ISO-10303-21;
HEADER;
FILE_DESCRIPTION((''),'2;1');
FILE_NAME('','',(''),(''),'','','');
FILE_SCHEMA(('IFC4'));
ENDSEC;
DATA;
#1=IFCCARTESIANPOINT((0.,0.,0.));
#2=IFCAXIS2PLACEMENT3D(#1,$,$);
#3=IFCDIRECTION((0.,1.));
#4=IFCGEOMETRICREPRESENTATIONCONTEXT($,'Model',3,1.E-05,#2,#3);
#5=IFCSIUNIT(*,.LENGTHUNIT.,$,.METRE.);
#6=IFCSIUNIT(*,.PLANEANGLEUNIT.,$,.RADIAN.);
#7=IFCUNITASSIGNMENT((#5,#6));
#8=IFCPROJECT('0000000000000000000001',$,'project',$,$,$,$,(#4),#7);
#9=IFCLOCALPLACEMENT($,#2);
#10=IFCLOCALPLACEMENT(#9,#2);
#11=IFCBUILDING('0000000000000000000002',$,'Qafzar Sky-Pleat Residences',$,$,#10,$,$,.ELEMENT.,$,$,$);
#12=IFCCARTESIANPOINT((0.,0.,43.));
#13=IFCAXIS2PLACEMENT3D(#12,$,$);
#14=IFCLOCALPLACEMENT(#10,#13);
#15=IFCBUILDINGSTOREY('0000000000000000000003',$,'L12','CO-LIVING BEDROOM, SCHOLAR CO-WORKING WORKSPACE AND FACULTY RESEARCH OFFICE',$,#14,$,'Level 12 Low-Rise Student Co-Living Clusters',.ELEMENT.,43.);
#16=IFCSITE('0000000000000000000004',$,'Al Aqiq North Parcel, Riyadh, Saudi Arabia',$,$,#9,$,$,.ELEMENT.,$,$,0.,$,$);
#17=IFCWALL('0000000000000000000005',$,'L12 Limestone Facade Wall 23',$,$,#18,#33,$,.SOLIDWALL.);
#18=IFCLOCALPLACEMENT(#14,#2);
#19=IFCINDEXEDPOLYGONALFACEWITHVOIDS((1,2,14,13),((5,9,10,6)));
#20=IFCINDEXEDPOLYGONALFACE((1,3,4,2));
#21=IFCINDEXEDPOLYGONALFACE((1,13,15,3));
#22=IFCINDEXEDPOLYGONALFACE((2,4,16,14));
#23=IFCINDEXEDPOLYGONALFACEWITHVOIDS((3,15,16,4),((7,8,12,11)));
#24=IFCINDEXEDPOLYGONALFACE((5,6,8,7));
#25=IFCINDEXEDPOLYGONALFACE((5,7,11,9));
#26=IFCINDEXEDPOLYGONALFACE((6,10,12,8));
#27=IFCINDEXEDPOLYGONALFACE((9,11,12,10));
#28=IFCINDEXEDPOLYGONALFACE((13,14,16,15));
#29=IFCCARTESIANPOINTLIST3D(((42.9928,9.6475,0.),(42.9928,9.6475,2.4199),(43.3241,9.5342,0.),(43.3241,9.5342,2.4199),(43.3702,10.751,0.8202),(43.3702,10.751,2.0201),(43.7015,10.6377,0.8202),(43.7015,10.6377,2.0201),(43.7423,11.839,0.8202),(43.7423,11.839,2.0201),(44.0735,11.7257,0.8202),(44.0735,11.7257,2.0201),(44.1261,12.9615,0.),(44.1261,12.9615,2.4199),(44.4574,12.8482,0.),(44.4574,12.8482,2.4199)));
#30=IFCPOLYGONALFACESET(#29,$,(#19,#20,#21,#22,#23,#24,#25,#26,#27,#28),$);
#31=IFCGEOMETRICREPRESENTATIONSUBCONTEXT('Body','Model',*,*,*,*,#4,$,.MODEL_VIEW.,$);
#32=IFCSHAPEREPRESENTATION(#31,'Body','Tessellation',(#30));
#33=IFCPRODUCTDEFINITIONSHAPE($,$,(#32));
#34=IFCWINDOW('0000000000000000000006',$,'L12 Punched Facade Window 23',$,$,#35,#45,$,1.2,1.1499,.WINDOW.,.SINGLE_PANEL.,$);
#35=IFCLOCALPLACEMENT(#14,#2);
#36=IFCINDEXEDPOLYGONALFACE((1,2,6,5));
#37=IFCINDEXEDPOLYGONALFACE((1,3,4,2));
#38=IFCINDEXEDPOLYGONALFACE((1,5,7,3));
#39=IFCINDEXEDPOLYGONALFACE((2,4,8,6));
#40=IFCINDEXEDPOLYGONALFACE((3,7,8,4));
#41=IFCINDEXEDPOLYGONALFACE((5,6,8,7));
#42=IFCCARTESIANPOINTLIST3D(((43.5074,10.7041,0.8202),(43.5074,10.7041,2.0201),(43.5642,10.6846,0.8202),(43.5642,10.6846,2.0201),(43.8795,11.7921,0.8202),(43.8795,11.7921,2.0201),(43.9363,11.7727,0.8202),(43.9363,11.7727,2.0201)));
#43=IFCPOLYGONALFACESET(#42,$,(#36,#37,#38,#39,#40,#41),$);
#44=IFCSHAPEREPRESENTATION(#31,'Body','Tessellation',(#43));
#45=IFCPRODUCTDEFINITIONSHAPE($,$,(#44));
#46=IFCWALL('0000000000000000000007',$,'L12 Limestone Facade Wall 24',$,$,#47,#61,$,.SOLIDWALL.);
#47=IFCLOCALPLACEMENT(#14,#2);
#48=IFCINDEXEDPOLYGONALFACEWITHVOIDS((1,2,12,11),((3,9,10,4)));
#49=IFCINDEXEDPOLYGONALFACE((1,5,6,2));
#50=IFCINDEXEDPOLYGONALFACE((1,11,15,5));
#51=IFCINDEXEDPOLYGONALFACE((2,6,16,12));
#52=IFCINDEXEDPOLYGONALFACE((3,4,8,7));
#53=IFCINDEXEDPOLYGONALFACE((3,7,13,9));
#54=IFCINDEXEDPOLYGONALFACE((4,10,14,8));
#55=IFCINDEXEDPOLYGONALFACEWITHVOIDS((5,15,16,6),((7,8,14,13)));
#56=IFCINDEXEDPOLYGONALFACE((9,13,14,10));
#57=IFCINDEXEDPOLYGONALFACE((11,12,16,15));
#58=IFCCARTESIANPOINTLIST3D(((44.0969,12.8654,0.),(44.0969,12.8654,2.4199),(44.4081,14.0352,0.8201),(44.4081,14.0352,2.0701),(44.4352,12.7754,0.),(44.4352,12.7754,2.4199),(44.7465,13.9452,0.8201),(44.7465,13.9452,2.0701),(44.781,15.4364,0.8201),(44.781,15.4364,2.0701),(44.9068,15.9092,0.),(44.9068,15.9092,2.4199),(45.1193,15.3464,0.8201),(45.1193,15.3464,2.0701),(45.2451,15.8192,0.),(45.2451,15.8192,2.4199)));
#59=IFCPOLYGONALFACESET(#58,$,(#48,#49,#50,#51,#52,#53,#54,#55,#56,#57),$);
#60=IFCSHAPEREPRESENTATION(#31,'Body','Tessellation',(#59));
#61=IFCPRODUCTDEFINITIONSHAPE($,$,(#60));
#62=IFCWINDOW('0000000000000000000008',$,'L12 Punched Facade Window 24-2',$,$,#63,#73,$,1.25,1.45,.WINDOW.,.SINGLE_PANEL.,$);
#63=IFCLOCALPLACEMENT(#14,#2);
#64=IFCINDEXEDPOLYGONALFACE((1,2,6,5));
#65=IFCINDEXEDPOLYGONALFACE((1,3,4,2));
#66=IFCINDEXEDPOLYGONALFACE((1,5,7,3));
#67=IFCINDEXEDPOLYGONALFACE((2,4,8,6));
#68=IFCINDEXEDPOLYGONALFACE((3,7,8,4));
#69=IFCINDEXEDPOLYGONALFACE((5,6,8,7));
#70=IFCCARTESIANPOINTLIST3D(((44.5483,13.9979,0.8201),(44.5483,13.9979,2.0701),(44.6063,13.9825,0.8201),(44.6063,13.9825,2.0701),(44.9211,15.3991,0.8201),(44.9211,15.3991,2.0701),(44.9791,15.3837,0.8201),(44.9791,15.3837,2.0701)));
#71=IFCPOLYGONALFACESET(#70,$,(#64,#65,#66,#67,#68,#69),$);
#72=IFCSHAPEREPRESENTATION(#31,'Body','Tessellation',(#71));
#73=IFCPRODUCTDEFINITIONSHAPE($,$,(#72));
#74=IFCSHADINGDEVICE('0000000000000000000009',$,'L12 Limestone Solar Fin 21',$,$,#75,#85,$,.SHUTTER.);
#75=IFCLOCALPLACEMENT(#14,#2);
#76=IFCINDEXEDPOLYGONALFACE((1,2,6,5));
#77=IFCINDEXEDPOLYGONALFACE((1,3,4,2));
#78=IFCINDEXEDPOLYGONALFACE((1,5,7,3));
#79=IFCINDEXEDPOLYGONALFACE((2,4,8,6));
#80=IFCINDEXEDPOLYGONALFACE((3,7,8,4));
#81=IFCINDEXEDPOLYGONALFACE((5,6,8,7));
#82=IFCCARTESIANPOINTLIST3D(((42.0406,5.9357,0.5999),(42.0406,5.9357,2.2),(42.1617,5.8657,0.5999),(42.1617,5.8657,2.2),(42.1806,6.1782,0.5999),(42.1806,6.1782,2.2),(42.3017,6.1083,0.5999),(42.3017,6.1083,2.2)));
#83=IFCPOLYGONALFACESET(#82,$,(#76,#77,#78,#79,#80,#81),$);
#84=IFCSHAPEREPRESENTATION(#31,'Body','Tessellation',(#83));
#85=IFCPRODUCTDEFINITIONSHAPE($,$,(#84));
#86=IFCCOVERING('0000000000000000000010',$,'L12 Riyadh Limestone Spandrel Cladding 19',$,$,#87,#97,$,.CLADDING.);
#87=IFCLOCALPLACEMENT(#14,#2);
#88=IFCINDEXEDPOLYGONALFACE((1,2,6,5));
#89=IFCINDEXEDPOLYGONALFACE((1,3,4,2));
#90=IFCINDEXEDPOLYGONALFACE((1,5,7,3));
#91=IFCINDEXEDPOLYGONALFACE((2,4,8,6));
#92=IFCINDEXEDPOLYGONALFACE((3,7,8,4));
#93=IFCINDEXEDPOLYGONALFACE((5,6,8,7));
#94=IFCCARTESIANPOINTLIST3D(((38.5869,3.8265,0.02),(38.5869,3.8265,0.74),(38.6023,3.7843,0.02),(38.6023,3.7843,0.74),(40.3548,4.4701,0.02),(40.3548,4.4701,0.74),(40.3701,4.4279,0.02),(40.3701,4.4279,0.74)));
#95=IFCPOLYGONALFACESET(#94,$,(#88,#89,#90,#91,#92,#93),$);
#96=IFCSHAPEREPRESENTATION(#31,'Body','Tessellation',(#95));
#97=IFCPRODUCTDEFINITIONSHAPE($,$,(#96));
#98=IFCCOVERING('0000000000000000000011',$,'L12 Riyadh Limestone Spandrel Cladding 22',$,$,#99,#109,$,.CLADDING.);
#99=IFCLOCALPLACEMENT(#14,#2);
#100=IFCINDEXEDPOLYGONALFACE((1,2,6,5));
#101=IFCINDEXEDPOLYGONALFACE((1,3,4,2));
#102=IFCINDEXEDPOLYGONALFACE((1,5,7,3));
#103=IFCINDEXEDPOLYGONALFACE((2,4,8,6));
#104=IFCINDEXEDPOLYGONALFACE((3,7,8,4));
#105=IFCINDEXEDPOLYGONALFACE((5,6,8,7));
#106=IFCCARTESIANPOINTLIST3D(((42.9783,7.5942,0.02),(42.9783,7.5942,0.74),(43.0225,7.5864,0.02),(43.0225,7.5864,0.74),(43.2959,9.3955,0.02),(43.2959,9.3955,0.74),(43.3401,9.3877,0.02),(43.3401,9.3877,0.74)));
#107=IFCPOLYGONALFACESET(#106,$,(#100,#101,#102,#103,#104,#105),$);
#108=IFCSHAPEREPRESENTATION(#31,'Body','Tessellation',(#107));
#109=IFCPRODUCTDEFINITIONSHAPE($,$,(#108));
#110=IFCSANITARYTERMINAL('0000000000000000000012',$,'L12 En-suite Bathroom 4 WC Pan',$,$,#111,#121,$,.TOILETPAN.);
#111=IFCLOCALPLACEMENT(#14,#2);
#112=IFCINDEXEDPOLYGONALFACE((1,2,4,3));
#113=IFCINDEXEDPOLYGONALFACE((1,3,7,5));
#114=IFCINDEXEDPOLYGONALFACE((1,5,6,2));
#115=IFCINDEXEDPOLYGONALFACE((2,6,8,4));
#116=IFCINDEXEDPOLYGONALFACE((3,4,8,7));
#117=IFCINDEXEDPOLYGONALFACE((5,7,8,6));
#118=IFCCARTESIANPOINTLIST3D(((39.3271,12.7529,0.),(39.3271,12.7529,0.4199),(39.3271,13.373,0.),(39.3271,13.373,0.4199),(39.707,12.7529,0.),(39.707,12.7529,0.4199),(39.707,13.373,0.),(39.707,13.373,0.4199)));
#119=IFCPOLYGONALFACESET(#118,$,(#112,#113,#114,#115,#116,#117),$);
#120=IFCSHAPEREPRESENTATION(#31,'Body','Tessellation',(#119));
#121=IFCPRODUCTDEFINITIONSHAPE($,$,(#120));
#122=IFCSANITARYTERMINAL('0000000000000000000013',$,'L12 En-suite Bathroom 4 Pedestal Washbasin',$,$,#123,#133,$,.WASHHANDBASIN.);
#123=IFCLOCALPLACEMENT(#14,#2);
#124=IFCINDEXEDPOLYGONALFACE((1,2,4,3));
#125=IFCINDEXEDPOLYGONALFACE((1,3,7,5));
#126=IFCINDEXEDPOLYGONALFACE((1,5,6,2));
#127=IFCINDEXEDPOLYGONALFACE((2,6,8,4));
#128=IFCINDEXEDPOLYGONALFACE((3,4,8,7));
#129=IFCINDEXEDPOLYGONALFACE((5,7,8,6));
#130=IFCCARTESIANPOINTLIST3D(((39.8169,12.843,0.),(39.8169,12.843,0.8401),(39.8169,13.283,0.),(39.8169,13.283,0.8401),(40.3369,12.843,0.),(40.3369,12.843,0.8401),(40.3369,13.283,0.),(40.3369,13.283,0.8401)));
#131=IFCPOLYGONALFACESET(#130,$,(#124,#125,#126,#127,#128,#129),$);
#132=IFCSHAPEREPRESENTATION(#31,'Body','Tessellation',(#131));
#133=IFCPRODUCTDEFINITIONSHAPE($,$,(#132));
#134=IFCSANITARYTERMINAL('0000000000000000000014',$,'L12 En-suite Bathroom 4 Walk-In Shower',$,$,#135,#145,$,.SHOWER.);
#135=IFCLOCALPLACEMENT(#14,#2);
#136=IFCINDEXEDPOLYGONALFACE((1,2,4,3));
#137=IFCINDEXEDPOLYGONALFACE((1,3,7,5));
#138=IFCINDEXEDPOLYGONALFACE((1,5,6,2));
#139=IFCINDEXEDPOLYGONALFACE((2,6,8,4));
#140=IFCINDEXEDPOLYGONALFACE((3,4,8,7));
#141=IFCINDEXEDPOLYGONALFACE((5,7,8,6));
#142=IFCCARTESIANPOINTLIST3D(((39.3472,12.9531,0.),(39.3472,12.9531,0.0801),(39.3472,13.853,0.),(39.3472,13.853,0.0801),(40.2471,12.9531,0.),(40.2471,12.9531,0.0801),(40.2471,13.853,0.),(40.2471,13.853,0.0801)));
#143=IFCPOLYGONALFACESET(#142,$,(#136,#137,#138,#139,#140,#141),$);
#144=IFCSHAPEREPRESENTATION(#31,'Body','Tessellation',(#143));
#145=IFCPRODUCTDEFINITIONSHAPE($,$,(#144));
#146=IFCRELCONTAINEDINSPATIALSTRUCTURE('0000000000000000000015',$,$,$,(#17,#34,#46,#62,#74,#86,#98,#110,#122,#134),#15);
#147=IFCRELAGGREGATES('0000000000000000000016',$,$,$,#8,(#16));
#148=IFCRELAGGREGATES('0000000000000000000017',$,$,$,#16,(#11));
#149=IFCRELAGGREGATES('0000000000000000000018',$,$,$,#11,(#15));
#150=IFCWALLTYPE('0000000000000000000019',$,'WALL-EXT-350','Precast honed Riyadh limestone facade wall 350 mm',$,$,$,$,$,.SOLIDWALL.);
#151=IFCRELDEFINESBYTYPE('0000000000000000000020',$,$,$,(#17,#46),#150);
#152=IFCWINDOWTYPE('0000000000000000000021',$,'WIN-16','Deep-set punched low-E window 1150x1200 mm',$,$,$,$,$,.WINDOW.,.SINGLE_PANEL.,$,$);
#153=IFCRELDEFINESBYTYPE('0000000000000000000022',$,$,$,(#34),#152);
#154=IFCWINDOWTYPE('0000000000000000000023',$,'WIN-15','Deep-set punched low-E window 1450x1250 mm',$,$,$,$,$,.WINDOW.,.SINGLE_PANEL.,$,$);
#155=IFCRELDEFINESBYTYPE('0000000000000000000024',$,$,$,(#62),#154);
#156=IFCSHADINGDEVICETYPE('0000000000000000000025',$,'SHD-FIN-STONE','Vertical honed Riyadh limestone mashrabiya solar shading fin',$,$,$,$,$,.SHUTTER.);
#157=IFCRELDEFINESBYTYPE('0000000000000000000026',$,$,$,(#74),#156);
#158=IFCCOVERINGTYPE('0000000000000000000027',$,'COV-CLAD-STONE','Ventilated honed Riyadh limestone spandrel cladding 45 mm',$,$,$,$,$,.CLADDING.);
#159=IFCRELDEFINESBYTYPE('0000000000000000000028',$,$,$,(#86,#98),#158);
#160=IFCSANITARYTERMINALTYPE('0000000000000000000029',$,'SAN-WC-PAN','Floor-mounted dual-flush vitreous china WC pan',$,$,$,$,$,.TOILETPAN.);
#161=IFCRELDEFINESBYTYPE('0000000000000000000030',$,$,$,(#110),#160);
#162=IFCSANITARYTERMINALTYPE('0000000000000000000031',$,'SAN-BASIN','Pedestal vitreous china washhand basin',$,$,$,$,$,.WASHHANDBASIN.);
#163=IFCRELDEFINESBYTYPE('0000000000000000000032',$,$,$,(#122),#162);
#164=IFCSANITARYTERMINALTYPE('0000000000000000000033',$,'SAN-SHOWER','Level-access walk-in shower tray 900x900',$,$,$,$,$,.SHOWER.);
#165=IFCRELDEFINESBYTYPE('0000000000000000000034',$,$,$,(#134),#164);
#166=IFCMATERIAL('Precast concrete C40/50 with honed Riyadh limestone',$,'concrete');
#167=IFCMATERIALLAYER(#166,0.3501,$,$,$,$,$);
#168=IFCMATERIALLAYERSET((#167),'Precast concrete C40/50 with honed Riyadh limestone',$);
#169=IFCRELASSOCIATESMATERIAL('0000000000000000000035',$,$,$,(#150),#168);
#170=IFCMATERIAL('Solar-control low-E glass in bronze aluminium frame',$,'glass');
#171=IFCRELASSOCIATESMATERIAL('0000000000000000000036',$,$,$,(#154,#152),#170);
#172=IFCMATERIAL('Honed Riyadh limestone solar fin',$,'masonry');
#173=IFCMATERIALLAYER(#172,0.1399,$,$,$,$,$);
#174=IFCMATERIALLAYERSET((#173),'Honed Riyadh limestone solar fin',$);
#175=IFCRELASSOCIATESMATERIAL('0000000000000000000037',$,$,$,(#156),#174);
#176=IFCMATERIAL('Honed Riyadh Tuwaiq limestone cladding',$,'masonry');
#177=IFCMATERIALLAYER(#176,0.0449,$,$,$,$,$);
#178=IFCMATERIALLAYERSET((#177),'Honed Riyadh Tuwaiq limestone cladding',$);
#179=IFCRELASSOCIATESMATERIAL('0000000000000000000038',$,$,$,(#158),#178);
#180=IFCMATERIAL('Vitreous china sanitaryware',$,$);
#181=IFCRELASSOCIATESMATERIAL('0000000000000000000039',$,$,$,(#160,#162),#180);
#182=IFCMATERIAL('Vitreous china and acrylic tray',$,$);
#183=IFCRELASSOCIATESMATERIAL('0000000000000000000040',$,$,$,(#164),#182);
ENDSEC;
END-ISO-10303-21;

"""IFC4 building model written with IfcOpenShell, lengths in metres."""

from ifc_helpers import new_model, si_unit, direction, frame, frame_2d, origin, origin_2d, place, context, subcontext, project, spatial, rectangle, extrude, source, transform, mapped, material, layer, layer_set, type_object, element, fill, save


model = new_model("IFC4")

# Units and contexts
model_context = context("Model", 3, precision=1e-05, world=origin(), true_north=direction((0.0, 1.0)))
body_context = subcontext(model_context, "Body", "Model", "MODEL_VIEW")
ifc_project = project(units=[si_unit("LENGTHUNIT", "METRE"), si_unit("PLANEANGLEUNIT", "RADIAN")], contexts=[model_context])

# Site, building, storey
site_placement = place(None, origin())
site = spatial("IfcSite", under=ifc_project, at=site_placement, Name="Al Aqiq North Parcel, Riyadh, Saudi Arabia", CompositionType="ELEMENT", RefElevation=0.0)
building_placement = place(site_placement, origin())
building = spatial("IfcBuilding", under=site, at=building_placement, Name="Qafzar Sky-Pleat Residences", CompositionType="ELEMENT")
storey_placement = place(building_placement, frame((0.0, 0.0, 43.0)))
storey = spatial("IfcBuildingStorey", under=building, at=storey_placement, Name="L12", Description="CO-LIVING BEDROOM, SCHOLAR CO-WORKING WORKSPACE AND FACULTY RESEARCH OFFICE", LongName="Level 12 Low-Rise Student Co-Living Clusters", CompositionType="ELEMENT", Elevation=43.0)

# Walls, openings, windows
ifc_material_1 = material(Name="Precast concrete C40/50 with honed Riyadh limestone", Category="concrete")
ifc_layer_1 = layer(ifc_material_1, 0.3501)
ifc_layer_set_1 = layer_set([ifc_layer_1], Name="Precast concrete C40/50 with honed Riyadh limestone")
wall_type_1 = type_object("IfcWallType", Name="WALL-EXT-350", Description="Precast honed Riyadh limestone facade wall 350 mm", PredefinedType="SOLIDWALL", material=ifc_layer_set_1)
ifc_material_2 = material(Name="Solar-control low-E glass in bronze aluminium frame", Category="glass")
window_type_1 = type_object("IfcWindowType", Name="WIN-15", Description="Deep-set punched low-E window 1450x1250 mm", PartitioningType="SINGLE_PANEL", PredefinedType="WINDOW", material=ifc_material_2)
shared_shape_1 = source(origin(), body_context, "Body", "SweptSolid", [
    extrude(rectangle(XDim=1.45, YDim=1.25, at=frame_2d((0.7251, 0.625))), frame((0.0, 0.03, 0.0), z_axis=(0.0, -1.0, 0.0), x_axis=(1.0, 0.0, 0.0)), (0.0, 0.0, 1.0), 0.0601),
])
wall_1_placement = place(storey_placement, frame((43.1584, 9.5908, 0.0), z_axis=(0.0, 0.0, 1.0), x_axis=(0.323579, 0.946201, 0.0)))
wall_1 = element("IfcWall", 1, at=wall_1_placement, inside=storey, type_object=wall_type_1, Name="L12 Limestone Facade Wall 23", PredefinedType="SOLIDWALL", context=body_context, shape_type="SweptSolid", body=[
    extrude(rectangle(XDim=3.5024, YDim=0.3501, at=frame_2d((1.7512, 0.0))), origin(), (0.0, 0.0, 1.0), 2.4199),
])
opening_1_placement = place(wall_1_placement, frame((1.1663, 0.0, 0.8201)))
opening_1 = element("IfcOpeningElement", 2, at=opening_1_placement, cuts=wall_1, PredefinedType="OPENING", context=body_context, shape_type="SweptSolid", body=[
    extrude(rectangle(XDim=1.1499, YDim=1.2, at=frame_2d((0.575, 0.6001))), frame((0.0, 0.1851, 0.0), z_axis=(0.0, -1.0, 0.0), x_axis=(1.0, 0.0, 0.0)), (0.0, 0.0, 1.0), 0.3701),
])
window_type_2 = type_object("IfcWindowType", Name="WIN-16", Description="Deep-set punched low-E window 1150x1200 mm", PartitioningType="SINGLE_PANEL", PredefinedType="WINDOW", material=ifc_material_2)
shared_shape_2 = source(origin(), body_context, "Body", "SweptSolid", [
    extrude(rectangle(XDim=1.1499, YDim=1.2, at=frame_2d((0.575, 0.6001))), frame((0.0, 0.03, 0.0), z_axis=(0.0, -1.0, 0.0), x_axis=(1.0, 0.0, 0.0)), (0.0, 0.0, 1.0), 0.0601),
])
window_1_placement = place(opening_1_placement, origin())
window_1 = element("IfcWindow", 3, at=window_1_placement, inside=storey, type_object=window_type_2, Name="L12 Punched Facade Window 23", OverallHeight=1.2, OverallWidth=1.1499, PartitioningType="SINGLE_PANEL", PredefinedType="WINDOW", context=body_context, shape_type="MappedRepresentation", body=[
    mapped(shared_shape_2, transform((0.0, 0.0, 0.0), x_axis=(1.0, 0.0, 0.0), y_axis=(0.0, 1.0, 0.0), z_axis=(0.0, 0.0, 1.0), scale=1.0)),
])
fill(opening_1, window_1)
wall_2_placement = place(storey_placement, frame((44.2661, 12.8206, 0.0), z_axis=(0.0, 0.0, 1.0), x_axis=(0.257117, 0.96638, 0.0)))
wall_2 = element("IfcWall", 4, at=wall_2_placement, inside=storey, type_object=wall_type_1, Name="L12 Limestone Facade Wall 24", PredefinedType="SOLIDWALL", context=body_context, shape_type="SweptSolid", body=[
    extrude(rectangle(XDim=3.1497, YDim=0.3501, at=frame_2d((1.5747, 0.0))), origin(), (0.0, 0.0, 1.0), 2.4199),
])
opening_2_placement = place(wall_2_placement, frame((1.2102, 0.0, 0.8201)))
opening_2 = element("IfcOpeningElement", 5, at=opening_2_placement, cuts=wall_2, PredefinedType="OPENING", context=body_context, shape_type="SweptSolid", body=[
    extrude(rectangle(XDim=1.45, YDim=1.25, at=frame_2d((0.7251, 0.625))), frame((0.0, 0.1851, 0.0), z_axis=(0.0, -1.0, 0.0), x_axis=(1.0, 0.0, 0.0)), (0.0, 0.0, 1.0), 0.3701),
])
window_2_placement = place(opening_2_placement, origin())
window_2 = element("IfcWindow", 6, at=window_2_placement, inside=storey, type_object=window_type_1, Name="L12 Punched Facade Window 24-2", OverallHeight=1.25, OverallWidth=1.45, PartitioningType="SINGLE_PANEL", PredefinedType="WINDOW", context=body_context, shape_type="MappedRepresentation", body=[
    mapped(shared_shape_1, transform((0.0, 0.0, 0.0), x_axis=(1.0, 0.0, 0.0), y_axis=(0.0, 1.0, 0.0), z_axis=(0.0, 0.0, 1.0), scale=1.0)),
])
fill(opening_2, window_2)

# Shading device
ifc_material_3 = material(Name="Honed Riyadh limestone solar fin", Category="masonry")
ifc_layer_2 = layer(ifc_material_3, 0.1399)
ifc_layer_set_2 = layer_set([ifc_layer_2], Name="Honed Riyadh limestone solar fin")
shading_device_type = type_object("IfcShadingDeviceType", Name="SHD-FIN-STONE", Description="Vertical honed Riyadh limestone mashrabiya solar shading fin", PredefinedType="SHUTTER", material=ifc_layer_set_2)
shared_shape_3 = source(origin(), body_context, "Body", "SweptSolid", [
    extrude(rectangle(XDim=0.1399, YDim=0.28, at=origin_2d()), origin(), (0.0, 0.0, 1.0), 1.6001),
])
shading_device_placement = place(storey_placement, frame((42.1711, 6.022, 0.5999), z_axis=(0.0, 0.0, 1.0), x_axis=(0.866044, -0.499967, 0.0)))
element("IfcShadingDevice", 7, at=shading_device_placement, inside=storey, type_object=shading_device_type, Name="L12 Limestone Solar Fin 21", PredefinedType="SHUTTER", context=body_context, shape_type="MappedRepresentation", body=[
    mapped(shared_shape_3, transform((0.0, 0.0, 0.0), x_axis=(1.0, 0.0, 0.0), y_axis=(0.0, 1.0, 0.0), z_axis=(0.0, 0.0, 1.0), scale=1.0)),
])

# Coverings
ifc_material_4 = material(Name="Honed Riyadh Tuwaiq limestone cladding", Category="masonry")
ifc_layer_3 = layer(ifc_material_4, 0.0449)
ifc_layer_set_3 = layer_set([ifc_layer_3], Name="Honed Riyadh Tuwaiq limestone cladding")
covering_type = type_object("IfcCoveringType", Name="COV-CLAD-STONE", Description="Ventilated honed Riyadh limestone spandrel cladding 45 mm", PredefinedType="CLADDING", material=ifc_layer_set_3)
shared_shape_4 = source(origin(), body_context, "Body", "SweptSolid", [
    extrude(rectangle(XDim=1.8813, YDim=0.0449, at=origin_2d()), origin(), (0.0, 0.0, 1.0), 0.72),
])
covering_1_placement = place(storey_placement, frame((39.4785, 4.1272, 0.02), z_axis=(0.0, 0.0, 1.0), x_axis=(0.939679, 0.342058, 0.0)))
element("IfcCovering", 8, at=covering_1_placement, inside=storey, type_object=covering_type, Name="L12 Riyadh Limestone Spandrel Cladding 19", PredefinedType="CLADDING", context=body_context, shape_type="MappedRepresentation", body=[
    mapped(shared_shape_4, transform((0.0, 0.0, 0.0), x_axis=(1.0, 0.0, 0.0), y_axis=(0.0, 1.0, 0.0), z_axis=(0.0, 0.0, 1.0), scale=1.0)),
])
shared_shape_5 = source(origin(), body_context, "Body", "SweptSolid", [
    extrude(rectangle(XDim=1.8291, YDim=0.0449, at=origin_2d()), origin(), (0.0, 0.0, 1.0), 0.72),
])
covering_2_placement = place(storey_placement, frame((43.1592, 8.491, 0.02), z_axis=(0.0, 0.0, 1.0), x_axis=(0.173648, 0.984808, 0.0)))
element("IfcCovering", 9, at=covering_2_placement, inside=storey, type_object=covering_type, Name="L12 Riyadh Limestone Spandrel Cladding 22", PredefinedType="CLADDING", context=body_context, shape_type="MappedRepresentation", body=[
    mapped(shared_shape_5, transform((0.0, 0.0, 0.0), x_axis=(1.0, 0.0, 0.0), y_axis=(0.0, 1.0, 0.0), z_axis=(0.0, 0.0, 1.0), scale=1.0)),
])

# Sanitary terminals
ifc_material_5 = material(Name="Vitreous china sanitaryware")
sanitary_terminal_type_1 = type_object("IfcSanitaryTerminalType", Name="SAN-WC-PAN", Description="Floor-mounted dual-flush vitreous china WC pan", PredefinedType="TOILETPAN", material=ifc_material_5)
shared_shape_6 = source(origin(), body_context, "Body", "SweptSolid", [
    extrude(rectangle(XDim=0.3799, YDim=0.6201, at=origin_2d()), origin(), (0.0, 0.0, 1.0), 0.4199),
])
sanitary_terminal_1_placement = place(storey_placement, frame((39.5171, 13.063, 0.0), z_axis=(0.0, 0.0, 1.0), x_axis=(1.0, 0.0, 0.0)))
element("IfcSanitaryTerminal", 10, at=sanitary_terminal_1_placement, inside=storey, type_object=sanitary_terminal_type_1, Name="L12 En-suite Bathroom 4 WC Pan", PredefinedType="TOILETPAN", context=body_context, shape_type="MappedRepresentation", body=[
    mapped(shared_shape_6, transform((0.0, 0.0, 0.0), x_axis=(1.0, 0.0, 0.0), y_axis=(0.0, 1.0, 0.0), z_axis=(0.0, 0.0, 1.0), scale=1.0)),
])
sanitary_terminal_type_2 = type_object("IfcSanitaryTerminalType", Name="SAN-BASIN", Description="Pedestal vitreous china washhand basin", PredefinedType="WASHHANDBASIN", material=ifc_material_5)
shared_shape_7 = source(origin(), body_context, "Body", "SweptSolid", [
    extrude(rectangle(XDim=0.52, YDim=0.4399, at=origin_2d()), origin(), (0.0, 0.0, 1.0), 0.8401),
])
sanitary_terminal_2_placement = place(storey_placement, frame((40.0769, 13.063, 0.0), z_axis=(0.0, 0.0, 1.0), x_axis=(1.0, 0.0, 0.0)))
element("IfcSanitaryTerminal", 11, at=sanitary_terminal_2_placement, inside=storey, type_object=sanitary_terminal_type_2, Name="L12 En-suite Bathroom 4 Pedestal Washbasin", PredefinedType="WASHHANDBASIN", context=body_context, shape_type="MappedRepresentation", body=[
    mapped(shared_shape_7, transform((0.0, 0.0, 0.0), x_axis=(1.0, 0.0, 0.0), y_axis=(0.0, 1.0, 0.0), z_axis=(0.0, 0.0, 1.0), scale=1.0)),
])
ifc_material_6 = material(Name="Vitreous china and acrylic tray")
sanitary_terminal_type_3 = type_object("IfcSanitaryTerminalType", Name="SAN-SHOWER", Description="Level-access walk-in shower tray 900x900", PredefinedType="SHOWER", material=ifc_material_6)
shared_shape_8 = source(origin(), body_context, "Body", "SweptSolid", [
    extrude(rectangle(XDim=0.8999, YDim=0.8999, at=origin_2d()), origin(), (0.0, 0.0, 1.0), 0.0801),
])
sanitary_terminal_3_placement = place(storey_placement, frame((39.7971, 13.4031, 0.0), z_axis=(0.0, 0.0, 1.0), x_axis=(1.0, 0.0, 0.0)))
element("IfcSanitaryTerminal", 12, at=sanitary_terminal_3_placement, inside=storey, type_object=sanitary_terminal_type_3, Name="L12 En-suite Bathroom 4 Walk-In Shower", PredefinedType="SHOWER", context=body_context, shape_type="MappedRepresentation", body=[
    mapped(shared_shape_8, transform((0.0, 0.0, 0.0), x_axis=(1.0, 0.0, 0.0), y_axis=(0.0, 1.0, 0.0), z_axis=(0.0, 0.0, 1.0), scale=1.0)),
])

save(model, "model.ifc")
